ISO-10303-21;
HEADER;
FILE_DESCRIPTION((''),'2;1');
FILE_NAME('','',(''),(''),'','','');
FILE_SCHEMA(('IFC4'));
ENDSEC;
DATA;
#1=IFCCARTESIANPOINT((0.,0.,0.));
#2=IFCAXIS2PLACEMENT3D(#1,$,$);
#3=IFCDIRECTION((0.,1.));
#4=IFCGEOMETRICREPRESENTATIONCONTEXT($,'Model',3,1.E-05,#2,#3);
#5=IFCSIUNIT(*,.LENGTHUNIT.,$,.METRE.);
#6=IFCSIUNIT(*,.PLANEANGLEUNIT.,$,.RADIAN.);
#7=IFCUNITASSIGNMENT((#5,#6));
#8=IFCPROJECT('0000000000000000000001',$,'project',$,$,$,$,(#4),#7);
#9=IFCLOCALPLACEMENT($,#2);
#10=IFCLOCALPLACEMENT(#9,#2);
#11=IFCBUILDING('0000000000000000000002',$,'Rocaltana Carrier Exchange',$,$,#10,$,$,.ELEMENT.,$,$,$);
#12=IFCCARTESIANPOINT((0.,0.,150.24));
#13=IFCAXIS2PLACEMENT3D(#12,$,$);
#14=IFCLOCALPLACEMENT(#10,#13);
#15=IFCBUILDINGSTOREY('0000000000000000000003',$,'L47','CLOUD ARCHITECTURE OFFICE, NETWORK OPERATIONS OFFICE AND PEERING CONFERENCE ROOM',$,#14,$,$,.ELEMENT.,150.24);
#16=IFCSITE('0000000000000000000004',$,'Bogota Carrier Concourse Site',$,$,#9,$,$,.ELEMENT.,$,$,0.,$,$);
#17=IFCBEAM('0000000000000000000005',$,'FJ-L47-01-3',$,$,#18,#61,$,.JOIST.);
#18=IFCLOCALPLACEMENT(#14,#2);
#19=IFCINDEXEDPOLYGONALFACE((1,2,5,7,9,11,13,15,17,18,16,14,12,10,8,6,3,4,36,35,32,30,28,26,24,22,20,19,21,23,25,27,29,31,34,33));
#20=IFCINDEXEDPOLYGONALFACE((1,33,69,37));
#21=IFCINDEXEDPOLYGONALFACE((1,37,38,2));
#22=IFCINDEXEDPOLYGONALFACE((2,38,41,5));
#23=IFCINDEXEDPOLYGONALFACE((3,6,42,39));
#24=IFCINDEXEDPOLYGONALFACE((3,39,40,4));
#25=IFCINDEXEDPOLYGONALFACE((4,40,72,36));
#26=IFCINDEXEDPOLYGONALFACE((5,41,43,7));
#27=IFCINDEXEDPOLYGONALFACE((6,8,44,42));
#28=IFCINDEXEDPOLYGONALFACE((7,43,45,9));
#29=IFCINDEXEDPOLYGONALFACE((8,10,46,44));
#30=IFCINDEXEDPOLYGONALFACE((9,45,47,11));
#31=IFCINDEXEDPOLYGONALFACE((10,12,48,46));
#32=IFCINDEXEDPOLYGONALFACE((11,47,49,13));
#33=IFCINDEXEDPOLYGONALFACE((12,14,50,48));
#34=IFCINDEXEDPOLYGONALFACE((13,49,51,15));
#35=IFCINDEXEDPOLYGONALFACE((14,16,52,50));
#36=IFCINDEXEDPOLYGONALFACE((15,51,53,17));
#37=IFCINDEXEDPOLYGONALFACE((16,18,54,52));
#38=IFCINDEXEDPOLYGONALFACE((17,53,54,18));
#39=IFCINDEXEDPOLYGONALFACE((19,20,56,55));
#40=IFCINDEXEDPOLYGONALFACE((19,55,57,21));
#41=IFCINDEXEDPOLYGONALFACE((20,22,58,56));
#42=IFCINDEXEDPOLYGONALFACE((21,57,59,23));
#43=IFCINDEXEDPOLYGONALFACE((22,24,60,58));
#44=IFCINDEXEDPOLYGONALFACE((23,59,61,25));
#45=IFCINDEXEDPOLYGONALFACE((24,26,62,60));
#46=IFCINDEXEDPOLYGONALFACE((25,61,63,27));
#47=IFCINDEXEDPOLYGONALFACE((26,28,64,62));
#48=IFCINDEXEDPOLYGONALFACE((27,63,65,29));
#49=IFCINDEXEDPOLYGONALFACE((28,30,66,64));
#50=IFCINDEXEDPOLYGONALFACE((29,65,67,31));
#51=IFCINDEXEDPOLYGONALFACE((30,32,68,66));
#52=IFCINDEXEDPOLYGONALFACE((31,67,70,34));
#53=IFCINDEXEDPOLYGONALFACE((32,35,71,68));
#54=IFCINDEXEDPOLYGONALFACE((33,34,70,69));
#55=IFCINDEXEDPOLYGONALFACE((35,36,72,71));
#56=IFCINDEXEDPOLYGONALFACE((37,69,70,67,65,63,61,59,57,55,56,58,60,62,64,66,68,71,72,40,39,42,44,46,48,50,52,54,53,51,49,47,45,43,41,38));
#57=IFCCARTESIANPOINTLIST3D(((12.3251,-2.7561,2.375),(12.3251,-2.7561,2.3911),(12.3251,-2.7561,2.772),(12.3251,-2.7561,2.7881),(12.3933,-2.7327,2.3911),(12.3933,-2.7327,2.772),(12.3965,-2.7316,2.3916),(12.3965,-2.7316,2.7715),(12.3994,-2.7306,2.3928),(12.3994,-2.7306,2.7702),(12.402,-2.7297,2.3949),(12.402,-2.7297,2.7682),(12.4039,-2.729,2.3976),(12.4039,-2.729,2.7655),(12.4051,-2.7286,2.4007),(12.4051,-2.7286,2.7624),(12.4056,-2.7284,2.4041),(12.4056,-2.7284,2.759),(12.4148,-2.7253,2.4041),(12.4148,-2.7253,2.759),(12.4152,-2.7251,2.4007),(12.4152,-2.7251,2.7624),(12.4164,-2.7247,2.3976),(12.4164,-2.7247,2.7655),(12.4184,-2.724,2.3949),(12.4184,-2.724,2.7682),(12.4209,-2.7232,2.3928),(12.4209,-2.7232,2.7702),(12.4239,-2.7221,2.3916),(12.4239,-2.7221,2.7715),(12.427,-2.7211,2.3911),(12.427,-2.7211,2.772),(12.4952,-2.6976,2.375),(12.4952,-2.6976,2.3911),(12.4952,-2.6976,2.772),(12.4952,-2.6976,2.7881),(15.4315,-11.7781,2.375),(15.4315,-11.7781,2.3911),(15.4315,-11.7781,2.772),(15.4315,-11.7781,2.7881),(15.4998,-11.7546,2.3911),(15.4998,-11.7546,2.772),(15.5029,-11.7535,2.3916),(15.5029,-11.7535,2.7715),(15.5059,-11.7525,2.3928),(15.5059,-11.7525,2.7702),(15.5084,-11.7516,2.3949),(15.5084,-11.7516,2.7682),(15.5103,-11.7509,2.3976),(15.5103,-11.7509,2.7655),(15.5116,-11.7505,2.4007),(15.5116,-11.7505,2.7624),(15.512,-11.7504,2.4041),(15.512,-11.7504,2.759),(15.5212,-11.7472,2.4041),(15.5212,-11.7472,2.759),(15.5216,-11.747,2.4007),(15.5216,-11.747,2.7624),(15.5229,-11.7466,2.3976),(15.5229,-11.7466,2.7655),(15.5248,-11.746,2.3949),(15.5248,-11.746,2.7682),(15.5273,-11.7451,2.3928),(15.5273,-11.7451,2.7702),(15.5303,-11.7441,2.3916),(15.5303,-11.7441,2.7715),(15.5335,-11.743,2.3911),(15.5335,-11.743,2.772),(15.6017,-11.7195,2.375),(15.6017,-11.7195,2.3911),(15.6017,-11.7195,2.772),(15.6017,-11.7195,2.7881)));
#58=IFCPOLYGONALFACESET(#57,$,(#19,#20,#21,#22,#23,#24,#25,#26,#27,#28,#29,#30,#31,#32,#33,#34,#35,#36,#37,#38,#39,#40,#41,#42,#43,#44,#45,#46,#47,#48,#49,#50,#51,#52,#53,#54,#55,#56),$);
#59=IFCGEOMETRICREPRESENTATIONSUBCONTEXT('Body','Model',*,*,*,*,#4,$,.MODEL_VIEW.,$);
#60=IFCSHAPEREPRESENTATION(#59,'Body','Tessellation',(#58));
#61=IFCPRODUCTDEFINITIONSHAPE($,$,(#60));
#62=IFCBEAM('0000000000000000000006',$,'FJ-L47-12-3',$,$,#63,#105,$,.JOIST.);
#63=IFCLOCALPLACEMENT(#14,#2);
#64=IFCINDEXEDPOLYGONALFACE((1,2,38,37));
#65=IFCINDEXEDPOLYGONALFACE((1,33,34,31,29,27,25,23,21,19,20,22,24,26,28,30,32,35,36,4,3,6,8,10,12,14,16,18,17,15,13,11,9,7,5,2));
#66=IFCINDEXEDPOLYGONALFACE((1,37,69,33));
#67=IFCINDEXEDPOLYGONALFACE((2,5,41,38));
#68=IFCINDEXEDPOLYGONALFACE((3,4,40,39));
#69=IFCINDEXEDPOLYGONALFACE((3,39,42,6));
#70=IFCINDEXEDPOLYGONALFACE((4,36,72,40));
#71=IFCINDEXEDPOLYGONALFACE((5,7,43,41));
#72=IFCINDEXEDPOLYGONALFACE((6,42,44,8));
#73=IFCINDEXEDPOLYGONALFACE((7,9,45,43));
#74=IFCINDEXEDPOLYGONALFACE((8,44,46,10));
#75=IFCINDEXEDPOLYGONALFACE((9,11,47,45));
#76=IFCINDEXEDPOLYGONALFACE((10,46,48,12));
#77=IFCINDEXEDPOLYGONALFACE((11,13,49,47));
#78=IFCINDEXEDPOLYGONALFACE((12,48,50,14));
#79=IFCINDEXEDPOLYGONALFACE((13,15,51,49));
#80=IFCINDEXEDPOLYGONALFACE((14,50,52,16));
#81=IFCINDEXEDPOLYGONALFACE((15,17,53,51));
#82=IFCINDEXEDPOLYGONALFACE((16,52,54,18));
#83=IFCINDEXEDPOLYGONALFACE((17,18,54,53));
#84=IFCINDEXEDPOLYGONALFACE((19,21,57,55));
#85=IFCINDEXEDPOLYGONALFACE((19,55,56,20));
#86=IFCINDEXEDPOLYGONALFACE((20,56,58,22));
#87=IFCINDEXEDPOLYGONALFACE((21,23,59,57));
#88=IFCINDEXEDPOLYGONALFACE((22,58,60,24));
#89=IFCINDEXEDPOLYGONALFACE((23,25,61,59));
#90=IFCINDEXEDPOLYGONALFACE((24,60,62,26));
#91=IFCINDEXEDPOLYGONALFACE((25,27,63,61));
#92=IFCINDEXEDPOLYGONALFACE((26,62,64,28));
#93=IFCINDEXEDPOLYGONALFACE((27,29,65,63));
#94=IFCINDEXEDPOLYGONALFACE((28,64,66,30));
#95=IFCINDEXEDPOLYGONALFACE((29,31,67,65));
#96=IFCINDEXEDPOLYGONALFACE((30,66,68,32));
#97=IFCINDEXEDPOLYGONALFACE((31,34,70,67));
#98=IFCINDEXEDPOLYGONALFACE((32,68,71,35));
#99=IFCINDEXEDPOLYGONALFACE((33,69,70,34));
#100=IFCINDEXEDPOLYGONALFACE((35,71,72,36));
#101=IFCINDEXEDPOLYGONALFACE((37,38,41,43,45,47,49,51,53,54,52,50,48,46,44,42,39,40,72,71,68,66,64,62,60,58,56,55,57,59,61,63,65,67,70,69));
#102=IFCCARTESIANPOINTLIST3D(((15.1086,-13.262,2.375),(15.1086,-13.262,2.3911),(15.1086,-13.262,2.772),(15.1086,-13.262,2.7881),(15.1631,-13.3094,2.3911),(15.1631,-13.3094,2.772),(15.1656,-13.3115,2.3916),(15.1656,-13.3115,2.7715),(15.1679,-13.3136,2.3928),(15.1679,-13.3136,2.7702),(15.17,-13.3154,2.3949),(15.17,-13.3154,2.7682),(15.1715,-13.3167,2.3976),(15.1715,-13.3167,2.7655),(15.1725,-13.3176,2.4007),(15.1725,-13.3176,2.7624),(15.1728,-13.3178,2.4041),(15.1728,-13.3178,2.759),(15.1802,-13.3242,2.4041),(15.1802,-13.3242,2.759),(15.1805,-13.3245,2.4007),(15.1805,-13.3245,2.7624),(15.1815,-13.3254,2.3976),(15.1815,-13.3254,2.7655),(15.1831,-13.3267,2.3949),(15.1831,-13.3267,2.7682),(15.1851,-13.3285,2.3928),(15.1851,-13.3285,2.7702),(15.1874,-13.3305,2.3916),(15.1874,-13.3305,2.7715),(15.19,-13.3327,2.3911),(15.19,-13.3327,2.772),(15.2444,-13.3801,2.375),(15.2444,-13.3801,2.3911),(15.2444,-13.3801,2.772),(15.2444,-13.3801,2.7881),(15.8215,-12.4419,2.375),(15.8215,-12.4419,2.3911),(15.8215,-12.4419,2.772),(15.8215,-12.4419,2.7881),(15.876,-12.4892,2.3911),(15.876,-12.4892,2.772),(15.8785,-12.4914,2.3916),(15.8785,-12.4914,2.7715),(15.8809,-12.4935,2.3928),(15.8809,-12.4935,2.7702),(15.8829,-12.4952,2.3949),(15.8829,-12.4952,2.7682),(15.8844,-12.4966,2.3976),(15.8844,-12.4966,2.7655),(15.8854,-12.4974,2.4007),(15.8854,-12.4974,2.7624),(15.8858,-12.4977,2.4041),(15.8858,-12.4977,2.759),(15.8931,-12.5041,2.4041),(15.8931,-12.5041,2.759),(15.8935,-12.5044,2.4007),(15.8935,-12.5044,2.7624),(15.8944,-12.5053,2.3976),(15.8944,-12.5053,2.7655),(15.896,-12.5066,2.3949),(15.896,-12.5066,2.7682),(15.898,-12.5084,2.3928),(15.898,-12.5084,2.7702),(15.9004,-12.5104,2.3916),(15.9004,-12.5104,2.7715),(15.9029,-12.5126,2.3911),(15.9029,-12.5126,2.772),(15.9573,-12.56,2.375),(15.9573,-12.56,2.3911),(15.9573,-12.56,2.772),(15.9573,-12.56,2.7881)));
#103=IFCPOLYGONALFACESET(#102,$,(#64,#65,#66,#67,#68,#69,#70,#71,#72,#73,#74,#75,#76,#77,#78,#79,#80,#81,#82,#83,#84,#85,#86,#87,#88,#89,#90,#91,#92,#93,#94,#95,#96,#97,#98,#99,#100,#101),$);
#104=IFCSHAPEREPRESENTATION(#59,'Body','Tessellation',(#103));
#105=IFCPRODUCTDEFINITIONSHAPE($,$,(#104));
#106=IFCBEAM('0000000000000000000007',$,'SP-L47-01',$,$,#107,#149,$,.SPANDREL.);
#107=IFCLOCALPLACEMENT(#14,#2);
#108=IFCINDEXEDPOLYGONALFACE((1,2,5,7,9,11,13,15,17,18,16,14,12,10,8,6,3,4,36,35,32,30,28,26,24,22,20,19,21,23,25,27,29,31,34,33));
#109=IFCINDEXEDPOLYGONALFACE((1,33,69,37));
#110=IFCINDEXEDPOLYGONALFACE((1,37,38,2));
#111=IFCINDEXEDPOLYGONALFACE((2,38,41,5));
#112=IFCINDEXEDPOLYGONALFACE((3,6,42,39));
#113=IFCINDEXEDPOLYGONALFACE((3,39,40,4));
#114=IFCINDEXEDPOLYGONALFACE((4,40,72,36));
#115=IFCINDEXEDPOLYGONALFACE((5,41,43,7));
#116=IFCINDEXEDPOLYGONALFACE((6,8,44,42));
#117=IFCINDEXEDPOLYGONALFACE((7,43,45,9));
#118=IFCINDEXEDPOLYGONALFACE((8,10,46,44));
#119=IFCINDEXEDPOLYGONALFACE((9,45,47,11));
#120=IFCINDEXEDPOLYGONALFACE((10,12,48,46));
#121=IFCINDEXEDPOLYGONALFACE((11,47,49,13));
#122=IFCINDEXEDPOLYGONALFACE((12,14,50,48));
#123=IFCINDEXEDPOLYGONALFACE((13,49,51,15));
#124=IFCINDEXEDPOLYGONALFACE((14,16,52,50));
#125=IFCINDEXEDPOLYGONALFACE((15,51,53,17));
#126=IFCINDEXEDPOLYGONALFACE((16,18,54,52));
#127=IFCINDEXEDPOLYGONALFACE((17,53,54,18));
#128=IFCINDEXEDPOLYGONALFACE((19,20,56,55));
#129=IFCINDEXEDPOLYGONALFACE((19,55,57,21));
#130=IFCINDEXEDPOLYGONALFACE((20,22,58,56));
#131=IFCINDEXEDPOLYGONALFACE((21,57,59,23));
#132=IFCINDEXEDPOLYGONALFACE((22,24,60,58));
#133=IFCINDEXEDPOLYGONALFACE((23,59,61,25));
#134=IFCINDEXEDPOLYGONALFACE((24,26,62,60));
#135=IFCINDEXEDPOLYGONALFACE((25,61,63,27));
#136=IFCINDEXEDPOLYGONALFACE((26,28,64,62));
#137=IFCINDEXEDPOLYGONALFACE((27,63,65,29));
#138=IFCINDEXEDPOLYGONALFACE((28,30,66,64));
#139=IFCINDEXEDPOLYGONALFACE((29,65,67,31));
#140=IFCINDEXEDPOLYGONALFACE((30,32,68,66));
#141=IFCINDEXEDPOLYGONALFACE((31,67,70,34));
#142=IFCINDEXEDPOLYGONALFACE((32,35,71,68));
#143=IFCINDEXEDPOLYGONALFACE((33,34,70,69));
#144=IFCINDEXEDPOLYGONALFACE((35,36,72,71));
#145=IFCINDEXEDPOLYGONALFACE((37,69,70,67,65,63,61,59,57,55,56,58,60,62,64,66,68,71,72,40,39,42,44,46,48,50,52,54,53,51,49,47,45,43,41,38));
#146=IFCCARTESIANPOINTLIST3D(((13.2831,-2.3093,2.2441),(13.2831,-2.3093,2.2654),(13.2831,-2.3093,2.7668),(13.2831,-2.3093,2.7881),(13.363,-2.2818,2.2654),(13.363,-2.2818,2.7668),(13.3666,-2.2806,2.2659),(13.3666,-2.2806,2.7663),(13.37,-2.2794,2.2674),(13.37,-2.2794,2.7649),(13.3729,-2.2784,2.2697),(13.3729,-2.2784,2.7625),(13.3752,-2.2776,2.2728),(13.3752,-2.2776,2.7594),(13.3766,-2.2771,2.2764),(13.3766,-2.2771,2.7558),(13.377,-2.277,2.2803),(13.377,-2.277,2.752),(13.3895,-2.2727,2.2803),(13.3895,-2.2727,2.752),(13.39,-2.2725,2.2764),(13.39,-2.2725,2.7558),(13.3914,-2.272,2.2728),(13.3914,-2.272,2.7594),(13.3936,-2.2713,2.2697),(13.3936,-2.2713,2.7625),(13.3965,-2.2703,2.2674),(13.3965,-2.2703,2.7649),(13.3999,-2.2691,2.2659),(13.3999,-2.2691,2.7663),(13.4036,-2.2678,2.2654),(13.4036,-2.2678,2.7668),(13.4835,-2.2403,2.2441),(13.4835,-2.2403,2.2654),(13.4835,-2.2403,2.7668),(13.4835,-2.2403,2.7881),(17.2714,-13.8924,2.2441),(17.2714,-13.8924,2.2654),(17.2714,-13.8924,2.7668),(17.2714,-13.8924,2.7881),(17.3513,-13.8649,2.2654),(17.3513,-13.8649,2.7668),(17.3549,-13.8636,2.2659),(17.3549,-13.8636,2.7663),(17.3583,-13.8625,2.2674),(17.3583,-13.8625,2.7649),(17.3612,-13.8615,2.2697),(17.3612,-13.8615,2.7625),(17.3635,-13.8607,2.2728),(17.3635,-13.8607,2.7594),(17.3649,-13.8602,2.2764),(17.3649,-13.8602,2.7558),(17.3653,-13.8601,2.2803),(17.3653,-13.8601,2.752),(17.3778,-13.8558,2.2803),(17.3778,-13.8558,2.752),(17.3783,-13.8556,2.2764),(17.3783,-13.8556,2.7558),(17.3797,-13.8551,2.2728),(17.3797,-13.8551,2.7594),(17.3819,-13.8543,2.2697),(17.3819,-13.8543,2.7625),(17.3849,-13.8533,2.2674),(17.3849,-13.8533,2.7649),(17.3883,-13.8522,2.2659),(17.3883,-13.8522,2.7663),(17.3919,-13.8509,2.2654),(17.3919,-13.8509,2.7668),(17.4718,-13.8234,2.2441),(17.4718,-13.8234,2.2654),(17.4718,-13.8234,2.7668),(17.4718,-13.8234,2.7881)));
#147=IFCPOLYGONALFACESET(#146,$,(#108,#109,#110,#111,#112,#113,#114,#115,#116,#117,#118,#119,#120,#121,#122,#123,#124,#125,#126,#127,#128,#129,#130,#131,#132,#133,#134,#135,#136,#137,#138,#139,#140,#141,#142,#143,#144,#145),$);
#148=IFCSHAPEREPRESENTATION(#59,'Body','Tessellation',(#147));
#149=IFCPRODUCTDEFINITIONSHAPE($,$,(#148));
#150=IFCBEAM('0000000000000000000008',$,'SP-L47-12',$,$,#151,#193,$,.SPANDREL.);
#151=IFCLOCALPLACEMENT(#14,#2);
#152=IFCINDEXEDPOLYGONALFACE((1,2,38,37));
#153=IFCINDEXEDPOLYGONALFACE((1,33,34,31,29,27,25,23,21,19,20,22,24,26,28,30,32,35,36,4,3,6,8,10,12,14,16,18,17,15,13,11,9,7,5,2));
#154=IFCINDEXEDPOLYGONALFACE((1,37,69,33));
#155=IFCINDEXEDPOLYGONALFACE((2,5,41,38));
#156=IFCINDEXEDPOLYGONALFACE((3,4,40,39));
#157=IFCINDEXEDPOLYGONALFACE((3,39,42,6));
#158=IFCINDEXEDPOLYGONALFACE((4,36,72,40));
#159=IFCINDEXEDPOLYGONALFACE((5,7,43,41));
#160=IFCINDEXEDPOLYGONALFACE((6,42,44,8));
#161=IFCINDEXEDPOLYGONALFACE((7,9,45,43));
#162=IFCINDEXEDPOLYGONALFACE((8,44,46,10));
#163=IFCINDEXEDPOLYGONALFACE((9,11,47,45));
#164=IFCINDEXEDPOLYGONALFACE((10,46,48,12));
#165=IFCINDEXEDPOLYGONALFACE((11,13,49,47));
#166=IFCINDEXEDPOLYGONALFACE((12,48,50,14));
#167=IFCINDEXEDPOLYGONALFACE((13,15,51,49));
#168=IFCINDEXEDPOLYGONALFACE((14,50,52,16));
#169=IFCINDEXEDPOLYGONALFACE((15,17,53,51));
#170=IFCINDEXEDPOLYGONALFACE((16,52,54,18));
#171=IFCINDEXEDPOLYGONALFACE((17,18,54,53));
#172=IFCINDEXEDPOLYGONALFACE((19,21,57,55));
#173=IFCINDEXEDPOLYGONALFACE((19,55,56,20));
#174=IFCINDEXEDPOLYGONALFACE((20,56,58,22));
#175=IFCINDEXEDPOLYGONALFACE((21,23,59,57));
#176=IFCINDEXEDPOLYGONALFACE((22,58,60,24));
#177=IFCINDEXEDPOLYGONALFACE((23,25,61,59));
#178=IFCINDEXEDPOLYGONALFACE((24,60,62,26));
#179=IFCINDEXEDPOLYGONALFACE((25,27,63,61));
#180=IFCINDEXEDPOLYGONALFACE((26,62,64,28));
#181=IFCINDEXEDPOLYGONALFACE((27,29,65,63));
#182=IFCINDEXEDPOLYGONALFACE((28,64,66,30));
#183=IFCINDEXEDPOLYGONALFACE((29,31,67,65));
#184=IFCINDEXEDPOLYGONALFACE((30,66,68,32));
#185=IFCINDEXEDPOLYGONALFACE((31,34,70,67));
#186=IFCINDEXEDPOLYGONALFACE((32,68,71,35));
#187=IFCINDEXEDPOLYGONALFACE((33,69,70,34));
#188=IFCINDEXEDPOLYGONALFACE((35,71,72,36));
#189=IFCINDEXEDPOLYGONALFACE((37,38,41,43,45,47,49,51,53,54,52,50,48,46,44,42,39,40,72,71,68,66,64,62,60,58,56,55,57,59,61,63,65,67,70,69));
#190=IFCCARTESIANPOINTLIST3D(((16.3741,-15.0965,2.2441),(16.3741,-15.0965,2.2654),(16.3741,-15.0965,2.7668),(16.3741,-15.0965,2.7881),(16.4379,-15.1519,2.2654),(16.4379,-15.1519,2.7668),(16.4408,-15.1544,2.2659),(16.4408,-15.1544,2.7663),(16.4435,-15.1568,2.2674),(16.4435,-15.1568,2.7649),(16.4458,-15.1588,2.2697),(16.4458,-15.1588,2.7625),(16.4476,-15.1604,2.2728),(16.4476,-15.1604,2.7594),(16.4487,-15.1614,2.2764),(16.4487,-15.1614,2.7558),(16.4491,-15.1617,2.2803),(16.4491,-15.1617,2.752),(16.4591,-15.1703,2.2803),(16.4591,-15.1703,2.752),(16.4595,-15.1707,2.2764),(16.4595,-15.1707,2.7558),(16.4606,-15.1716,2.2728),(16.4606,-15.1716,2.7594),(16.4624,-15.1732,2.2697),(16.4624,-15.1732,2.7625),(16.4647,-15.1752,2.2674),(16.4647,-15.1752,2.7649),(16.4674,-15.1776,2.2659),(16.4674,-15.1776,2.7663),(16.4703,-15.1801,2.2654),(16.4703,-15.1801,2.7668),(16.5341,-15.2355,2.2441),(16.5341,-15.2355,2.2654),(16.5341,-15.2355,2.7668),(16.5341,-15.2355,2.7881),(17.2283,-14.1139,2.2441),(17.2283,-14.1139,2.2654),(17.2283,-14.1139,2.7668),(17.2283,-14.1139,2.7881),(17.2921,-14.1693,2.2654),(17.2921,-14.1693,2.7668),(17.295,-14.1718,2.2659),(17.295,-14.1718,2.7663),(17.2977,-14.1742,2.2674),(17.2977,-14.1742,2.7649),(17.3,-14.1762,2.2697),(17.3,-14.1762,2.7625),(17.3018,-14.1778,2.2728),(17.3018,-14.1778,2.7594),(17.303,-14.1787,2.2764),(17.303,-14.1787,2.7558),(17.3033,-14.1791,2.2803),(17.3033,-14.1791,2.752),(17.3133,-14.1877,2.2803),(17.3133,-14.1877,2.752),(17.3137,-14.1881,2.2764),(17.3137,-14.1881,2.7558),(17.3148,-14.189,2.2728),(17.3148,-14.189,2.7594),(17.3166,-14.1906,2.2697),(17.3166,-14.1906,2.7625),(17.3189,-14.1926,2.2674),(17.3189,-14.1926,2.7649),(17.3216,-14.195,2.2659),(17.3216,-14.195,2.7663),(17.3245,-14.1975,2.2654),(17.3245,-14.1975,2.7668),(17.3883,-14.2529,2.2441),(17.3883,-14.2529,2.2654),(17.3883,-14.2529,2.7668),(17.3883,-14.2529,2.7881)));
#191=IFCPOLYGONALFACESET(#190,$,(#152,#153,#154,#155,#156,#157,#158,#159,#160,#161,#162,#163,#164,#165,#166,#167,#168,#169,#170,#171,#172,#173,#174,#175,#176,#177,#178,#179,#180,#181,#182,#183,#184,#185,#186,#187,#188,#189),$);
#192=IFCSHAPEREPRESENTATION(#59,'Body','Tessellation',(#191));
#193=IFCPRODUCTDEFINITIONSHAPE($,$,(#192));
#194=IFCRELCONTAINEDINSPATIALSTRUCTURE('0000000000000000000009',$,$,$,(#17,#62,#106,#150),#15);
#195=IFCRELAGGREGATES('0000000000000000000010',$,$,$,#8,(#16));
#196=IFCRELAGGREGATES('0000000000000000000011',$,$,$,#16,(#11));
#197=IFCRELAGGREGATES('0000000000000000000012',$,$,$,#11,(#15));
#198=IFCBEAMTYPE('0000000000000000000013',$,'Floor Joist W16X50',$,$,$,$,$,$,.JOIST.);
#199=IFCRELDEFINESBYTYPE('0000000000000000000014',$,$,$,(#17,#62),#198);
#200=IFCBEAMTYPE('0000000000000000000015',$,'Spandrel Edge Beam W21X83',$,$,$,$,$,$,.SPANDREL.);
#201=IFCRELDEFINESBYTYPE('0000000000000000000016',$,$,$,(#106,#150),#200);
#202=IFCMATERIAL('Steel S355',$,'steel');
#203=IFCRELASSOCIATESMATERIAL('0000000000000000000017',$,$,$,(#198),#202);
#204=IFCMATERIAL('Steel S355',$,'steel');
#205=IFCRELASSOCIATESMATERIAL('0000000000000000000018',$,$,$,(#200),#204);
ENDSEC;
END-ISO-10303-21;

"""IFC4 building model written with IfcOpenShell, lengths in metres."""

from ifc_helpers import new_model, si_unit, direction, frame, origin, origin_2d, place, context, subcontext, project, spatial, i_section, extrude, material, material_profile, profile_set, type_object, element, save


model = new_model("IFC4")

# Units and contexts
model_context = context("Model", 3, precision=1e-05, world=origin(), true_north=direction((0.0, 1.0)))
body_context = subcontext(model_context, "Body", "Model", "MODEL_VIEW")
ifc_project = project(units=[si_unit("LENGTHUNIT", "METRE"), si_unit("PLANEANGLEUNIT", "RADIAN")], contexts=[model_context])

# Site, building, storey
site_placement = place(None, origin())
site = spatial("IfcSite", under=ifc_project, at=site_placement, Name="Bogota Carrier Concourse Site", CompositionType="ELEMENT", RefElevation=0.0)
building_placement = place(site_placement, origin())
building = spatial("IfcBuilding", under=site, at=building_placement, Name="Rocaltana Carrier Exchange", CompositionType="ELEMENT")
storey_placement = place(building_placement, frame((0.0, 0.0, 150.24)))
storey = spatial("IfcBuildingStorey", under=building, at=storey_placement, Name="L47", Description="CLOUD ARCHITECTURE OFFICE, NETWORK OPERATIONS OFFICE AND PEERING CONFERENCE ROOM", CompositionType="ELEMENT", Elevation=150.24)

# Beams
ifc_material_1 = material(Name="Steel S355", Category="steel")
ifc_material_profile_1 = material_profile(ifc_material_1, i_section(OverallWidth=0.1799, OverallDepth=0.4131, WebThickness=0.0098, FlangeThickness=0.0161, FilletRadius=0.0129, at=origin_2d()), Name="W16X50")
ifc_profile_set_1 = profile_set([ifc_material_profile_1], Name="Steel S355")
beam_type_1 = type_object("IfcBeamType", Name="Floor Joist W16X50", PredefinedType="JOIST", material=ifc_profile_set_1)
beam_1_placement = place(storey_placement, frame((15.5166, -11.7488, 2.5815), z_axis=(-0.325562, 0.945521, 0.0), x_axis=(-0.945521, -0.325562, 0.0)))
element("IfcBeam", 1, at=beam_1_placement, inside=storey, type_object=beam_type_1, Name="FJ-L47-01-3", PredefinedType="JOIST", context=body_context, shape_type="SweptSolid", body=[
    extrude(i_section(OverallWidth=0.1799, OverallDepth=0.4131, WebThickness=0.0098, FlangeThickness=0.0161, FilletRadius=0.0129, at=origin_2d()), origin(), (0.0, 0.0, 1.0), 9.5417),
])
beam_2_placement = place(storey_placement, frame((15.1765, -13.321, 2.5815), z_axis=(0.656067, 0.754702, 0.0), x_axis=(-0.754702, 0.656067, 0.0)))
element("IfcBeam", 2, at=beam_2_placement, inside=storey, type_object=beam_type_1, Name="FJ-L47-12-3", PredefinedType="JOIST", context=body_context, shape_type="SweptSolid", body=[
    extrude(i_section(OverallWidth=0.1799, OverallDepth=0.4131, WebThickness=0.0098, FlangeThickness=0.0161, FilletRadius=0.0129, at=origin_2d()), origin(), (0.0, 0.0, 1.0), 1.0867),
])
ifc_material_2 = material(Name="Steel S355", Category="steel")
ifc_material_profile_2 = material_profile(ifc_material_2, i_section(OverallWidth=0.2119, OverallDepth=0.5439, WebThickness=0.0132, FlangeThickness=0.0212, FilletRadius=0.0149, at=origin_2d()), Name="W21X83")
ifc_profile_set_2 = profile_set([ifc_material_profile_2], Name="Steel S355")
beam_type_2 = type_object("IfcBeamType", Name="Spandrel Edge Beam W21X83", PredefinedType="SPANDREL", material=ifc_profile_set_2)
beam_3_placement = place(storey_placement, frame((17.3716, -13.8579, 2.5161), z_axis=(-0.325563, 0.94552, 0.0), x_axis=(-0.94552, -0.325563, 0.0)))
element("IfcBeam", 3, at=beam_3_placement, inside=storey, type_object=beam_type_2, Name="SP-L47-01", PredefinedType="SPANDREL", context=body_context, shape_type="SweptSolid", body=[
    extrude(i_section(OverallWidth=0.2119, OverallDepth=0.5439, WebThickness=0.0132, FlangeThickness=0.0212, FilletRadius=0.0149, at=origin_2d()), origin(), (0.0, 0.0, 1.0), 12.2505),
])
beam_4_placement = place(storey_placement, frame((16.4541, -15.166, 2.5161), z_axis=(0.656072, 0.754698, 0.0), x_axis=(-0.754698, 0.656072, 0.0)))
element("IfcBeam", 4, at=beam_4_placement, inside=storey, type_object=beam_type_2, Name="SP-L47-12", PredefinedType="SPANDREL", context=body_context, shape_type="SweptSolid", body=[
    extrude(i_section(OverallWidth=0.2119, OverallDepth=0.5439, WebThickness=0.0132, FlangeThickness=0.0212, FilletRadius=0.0149, at=origin_2d()), origin(), (0.0, 0.0, 1.0), 1.302),
])

save(model, "model.ifc")
